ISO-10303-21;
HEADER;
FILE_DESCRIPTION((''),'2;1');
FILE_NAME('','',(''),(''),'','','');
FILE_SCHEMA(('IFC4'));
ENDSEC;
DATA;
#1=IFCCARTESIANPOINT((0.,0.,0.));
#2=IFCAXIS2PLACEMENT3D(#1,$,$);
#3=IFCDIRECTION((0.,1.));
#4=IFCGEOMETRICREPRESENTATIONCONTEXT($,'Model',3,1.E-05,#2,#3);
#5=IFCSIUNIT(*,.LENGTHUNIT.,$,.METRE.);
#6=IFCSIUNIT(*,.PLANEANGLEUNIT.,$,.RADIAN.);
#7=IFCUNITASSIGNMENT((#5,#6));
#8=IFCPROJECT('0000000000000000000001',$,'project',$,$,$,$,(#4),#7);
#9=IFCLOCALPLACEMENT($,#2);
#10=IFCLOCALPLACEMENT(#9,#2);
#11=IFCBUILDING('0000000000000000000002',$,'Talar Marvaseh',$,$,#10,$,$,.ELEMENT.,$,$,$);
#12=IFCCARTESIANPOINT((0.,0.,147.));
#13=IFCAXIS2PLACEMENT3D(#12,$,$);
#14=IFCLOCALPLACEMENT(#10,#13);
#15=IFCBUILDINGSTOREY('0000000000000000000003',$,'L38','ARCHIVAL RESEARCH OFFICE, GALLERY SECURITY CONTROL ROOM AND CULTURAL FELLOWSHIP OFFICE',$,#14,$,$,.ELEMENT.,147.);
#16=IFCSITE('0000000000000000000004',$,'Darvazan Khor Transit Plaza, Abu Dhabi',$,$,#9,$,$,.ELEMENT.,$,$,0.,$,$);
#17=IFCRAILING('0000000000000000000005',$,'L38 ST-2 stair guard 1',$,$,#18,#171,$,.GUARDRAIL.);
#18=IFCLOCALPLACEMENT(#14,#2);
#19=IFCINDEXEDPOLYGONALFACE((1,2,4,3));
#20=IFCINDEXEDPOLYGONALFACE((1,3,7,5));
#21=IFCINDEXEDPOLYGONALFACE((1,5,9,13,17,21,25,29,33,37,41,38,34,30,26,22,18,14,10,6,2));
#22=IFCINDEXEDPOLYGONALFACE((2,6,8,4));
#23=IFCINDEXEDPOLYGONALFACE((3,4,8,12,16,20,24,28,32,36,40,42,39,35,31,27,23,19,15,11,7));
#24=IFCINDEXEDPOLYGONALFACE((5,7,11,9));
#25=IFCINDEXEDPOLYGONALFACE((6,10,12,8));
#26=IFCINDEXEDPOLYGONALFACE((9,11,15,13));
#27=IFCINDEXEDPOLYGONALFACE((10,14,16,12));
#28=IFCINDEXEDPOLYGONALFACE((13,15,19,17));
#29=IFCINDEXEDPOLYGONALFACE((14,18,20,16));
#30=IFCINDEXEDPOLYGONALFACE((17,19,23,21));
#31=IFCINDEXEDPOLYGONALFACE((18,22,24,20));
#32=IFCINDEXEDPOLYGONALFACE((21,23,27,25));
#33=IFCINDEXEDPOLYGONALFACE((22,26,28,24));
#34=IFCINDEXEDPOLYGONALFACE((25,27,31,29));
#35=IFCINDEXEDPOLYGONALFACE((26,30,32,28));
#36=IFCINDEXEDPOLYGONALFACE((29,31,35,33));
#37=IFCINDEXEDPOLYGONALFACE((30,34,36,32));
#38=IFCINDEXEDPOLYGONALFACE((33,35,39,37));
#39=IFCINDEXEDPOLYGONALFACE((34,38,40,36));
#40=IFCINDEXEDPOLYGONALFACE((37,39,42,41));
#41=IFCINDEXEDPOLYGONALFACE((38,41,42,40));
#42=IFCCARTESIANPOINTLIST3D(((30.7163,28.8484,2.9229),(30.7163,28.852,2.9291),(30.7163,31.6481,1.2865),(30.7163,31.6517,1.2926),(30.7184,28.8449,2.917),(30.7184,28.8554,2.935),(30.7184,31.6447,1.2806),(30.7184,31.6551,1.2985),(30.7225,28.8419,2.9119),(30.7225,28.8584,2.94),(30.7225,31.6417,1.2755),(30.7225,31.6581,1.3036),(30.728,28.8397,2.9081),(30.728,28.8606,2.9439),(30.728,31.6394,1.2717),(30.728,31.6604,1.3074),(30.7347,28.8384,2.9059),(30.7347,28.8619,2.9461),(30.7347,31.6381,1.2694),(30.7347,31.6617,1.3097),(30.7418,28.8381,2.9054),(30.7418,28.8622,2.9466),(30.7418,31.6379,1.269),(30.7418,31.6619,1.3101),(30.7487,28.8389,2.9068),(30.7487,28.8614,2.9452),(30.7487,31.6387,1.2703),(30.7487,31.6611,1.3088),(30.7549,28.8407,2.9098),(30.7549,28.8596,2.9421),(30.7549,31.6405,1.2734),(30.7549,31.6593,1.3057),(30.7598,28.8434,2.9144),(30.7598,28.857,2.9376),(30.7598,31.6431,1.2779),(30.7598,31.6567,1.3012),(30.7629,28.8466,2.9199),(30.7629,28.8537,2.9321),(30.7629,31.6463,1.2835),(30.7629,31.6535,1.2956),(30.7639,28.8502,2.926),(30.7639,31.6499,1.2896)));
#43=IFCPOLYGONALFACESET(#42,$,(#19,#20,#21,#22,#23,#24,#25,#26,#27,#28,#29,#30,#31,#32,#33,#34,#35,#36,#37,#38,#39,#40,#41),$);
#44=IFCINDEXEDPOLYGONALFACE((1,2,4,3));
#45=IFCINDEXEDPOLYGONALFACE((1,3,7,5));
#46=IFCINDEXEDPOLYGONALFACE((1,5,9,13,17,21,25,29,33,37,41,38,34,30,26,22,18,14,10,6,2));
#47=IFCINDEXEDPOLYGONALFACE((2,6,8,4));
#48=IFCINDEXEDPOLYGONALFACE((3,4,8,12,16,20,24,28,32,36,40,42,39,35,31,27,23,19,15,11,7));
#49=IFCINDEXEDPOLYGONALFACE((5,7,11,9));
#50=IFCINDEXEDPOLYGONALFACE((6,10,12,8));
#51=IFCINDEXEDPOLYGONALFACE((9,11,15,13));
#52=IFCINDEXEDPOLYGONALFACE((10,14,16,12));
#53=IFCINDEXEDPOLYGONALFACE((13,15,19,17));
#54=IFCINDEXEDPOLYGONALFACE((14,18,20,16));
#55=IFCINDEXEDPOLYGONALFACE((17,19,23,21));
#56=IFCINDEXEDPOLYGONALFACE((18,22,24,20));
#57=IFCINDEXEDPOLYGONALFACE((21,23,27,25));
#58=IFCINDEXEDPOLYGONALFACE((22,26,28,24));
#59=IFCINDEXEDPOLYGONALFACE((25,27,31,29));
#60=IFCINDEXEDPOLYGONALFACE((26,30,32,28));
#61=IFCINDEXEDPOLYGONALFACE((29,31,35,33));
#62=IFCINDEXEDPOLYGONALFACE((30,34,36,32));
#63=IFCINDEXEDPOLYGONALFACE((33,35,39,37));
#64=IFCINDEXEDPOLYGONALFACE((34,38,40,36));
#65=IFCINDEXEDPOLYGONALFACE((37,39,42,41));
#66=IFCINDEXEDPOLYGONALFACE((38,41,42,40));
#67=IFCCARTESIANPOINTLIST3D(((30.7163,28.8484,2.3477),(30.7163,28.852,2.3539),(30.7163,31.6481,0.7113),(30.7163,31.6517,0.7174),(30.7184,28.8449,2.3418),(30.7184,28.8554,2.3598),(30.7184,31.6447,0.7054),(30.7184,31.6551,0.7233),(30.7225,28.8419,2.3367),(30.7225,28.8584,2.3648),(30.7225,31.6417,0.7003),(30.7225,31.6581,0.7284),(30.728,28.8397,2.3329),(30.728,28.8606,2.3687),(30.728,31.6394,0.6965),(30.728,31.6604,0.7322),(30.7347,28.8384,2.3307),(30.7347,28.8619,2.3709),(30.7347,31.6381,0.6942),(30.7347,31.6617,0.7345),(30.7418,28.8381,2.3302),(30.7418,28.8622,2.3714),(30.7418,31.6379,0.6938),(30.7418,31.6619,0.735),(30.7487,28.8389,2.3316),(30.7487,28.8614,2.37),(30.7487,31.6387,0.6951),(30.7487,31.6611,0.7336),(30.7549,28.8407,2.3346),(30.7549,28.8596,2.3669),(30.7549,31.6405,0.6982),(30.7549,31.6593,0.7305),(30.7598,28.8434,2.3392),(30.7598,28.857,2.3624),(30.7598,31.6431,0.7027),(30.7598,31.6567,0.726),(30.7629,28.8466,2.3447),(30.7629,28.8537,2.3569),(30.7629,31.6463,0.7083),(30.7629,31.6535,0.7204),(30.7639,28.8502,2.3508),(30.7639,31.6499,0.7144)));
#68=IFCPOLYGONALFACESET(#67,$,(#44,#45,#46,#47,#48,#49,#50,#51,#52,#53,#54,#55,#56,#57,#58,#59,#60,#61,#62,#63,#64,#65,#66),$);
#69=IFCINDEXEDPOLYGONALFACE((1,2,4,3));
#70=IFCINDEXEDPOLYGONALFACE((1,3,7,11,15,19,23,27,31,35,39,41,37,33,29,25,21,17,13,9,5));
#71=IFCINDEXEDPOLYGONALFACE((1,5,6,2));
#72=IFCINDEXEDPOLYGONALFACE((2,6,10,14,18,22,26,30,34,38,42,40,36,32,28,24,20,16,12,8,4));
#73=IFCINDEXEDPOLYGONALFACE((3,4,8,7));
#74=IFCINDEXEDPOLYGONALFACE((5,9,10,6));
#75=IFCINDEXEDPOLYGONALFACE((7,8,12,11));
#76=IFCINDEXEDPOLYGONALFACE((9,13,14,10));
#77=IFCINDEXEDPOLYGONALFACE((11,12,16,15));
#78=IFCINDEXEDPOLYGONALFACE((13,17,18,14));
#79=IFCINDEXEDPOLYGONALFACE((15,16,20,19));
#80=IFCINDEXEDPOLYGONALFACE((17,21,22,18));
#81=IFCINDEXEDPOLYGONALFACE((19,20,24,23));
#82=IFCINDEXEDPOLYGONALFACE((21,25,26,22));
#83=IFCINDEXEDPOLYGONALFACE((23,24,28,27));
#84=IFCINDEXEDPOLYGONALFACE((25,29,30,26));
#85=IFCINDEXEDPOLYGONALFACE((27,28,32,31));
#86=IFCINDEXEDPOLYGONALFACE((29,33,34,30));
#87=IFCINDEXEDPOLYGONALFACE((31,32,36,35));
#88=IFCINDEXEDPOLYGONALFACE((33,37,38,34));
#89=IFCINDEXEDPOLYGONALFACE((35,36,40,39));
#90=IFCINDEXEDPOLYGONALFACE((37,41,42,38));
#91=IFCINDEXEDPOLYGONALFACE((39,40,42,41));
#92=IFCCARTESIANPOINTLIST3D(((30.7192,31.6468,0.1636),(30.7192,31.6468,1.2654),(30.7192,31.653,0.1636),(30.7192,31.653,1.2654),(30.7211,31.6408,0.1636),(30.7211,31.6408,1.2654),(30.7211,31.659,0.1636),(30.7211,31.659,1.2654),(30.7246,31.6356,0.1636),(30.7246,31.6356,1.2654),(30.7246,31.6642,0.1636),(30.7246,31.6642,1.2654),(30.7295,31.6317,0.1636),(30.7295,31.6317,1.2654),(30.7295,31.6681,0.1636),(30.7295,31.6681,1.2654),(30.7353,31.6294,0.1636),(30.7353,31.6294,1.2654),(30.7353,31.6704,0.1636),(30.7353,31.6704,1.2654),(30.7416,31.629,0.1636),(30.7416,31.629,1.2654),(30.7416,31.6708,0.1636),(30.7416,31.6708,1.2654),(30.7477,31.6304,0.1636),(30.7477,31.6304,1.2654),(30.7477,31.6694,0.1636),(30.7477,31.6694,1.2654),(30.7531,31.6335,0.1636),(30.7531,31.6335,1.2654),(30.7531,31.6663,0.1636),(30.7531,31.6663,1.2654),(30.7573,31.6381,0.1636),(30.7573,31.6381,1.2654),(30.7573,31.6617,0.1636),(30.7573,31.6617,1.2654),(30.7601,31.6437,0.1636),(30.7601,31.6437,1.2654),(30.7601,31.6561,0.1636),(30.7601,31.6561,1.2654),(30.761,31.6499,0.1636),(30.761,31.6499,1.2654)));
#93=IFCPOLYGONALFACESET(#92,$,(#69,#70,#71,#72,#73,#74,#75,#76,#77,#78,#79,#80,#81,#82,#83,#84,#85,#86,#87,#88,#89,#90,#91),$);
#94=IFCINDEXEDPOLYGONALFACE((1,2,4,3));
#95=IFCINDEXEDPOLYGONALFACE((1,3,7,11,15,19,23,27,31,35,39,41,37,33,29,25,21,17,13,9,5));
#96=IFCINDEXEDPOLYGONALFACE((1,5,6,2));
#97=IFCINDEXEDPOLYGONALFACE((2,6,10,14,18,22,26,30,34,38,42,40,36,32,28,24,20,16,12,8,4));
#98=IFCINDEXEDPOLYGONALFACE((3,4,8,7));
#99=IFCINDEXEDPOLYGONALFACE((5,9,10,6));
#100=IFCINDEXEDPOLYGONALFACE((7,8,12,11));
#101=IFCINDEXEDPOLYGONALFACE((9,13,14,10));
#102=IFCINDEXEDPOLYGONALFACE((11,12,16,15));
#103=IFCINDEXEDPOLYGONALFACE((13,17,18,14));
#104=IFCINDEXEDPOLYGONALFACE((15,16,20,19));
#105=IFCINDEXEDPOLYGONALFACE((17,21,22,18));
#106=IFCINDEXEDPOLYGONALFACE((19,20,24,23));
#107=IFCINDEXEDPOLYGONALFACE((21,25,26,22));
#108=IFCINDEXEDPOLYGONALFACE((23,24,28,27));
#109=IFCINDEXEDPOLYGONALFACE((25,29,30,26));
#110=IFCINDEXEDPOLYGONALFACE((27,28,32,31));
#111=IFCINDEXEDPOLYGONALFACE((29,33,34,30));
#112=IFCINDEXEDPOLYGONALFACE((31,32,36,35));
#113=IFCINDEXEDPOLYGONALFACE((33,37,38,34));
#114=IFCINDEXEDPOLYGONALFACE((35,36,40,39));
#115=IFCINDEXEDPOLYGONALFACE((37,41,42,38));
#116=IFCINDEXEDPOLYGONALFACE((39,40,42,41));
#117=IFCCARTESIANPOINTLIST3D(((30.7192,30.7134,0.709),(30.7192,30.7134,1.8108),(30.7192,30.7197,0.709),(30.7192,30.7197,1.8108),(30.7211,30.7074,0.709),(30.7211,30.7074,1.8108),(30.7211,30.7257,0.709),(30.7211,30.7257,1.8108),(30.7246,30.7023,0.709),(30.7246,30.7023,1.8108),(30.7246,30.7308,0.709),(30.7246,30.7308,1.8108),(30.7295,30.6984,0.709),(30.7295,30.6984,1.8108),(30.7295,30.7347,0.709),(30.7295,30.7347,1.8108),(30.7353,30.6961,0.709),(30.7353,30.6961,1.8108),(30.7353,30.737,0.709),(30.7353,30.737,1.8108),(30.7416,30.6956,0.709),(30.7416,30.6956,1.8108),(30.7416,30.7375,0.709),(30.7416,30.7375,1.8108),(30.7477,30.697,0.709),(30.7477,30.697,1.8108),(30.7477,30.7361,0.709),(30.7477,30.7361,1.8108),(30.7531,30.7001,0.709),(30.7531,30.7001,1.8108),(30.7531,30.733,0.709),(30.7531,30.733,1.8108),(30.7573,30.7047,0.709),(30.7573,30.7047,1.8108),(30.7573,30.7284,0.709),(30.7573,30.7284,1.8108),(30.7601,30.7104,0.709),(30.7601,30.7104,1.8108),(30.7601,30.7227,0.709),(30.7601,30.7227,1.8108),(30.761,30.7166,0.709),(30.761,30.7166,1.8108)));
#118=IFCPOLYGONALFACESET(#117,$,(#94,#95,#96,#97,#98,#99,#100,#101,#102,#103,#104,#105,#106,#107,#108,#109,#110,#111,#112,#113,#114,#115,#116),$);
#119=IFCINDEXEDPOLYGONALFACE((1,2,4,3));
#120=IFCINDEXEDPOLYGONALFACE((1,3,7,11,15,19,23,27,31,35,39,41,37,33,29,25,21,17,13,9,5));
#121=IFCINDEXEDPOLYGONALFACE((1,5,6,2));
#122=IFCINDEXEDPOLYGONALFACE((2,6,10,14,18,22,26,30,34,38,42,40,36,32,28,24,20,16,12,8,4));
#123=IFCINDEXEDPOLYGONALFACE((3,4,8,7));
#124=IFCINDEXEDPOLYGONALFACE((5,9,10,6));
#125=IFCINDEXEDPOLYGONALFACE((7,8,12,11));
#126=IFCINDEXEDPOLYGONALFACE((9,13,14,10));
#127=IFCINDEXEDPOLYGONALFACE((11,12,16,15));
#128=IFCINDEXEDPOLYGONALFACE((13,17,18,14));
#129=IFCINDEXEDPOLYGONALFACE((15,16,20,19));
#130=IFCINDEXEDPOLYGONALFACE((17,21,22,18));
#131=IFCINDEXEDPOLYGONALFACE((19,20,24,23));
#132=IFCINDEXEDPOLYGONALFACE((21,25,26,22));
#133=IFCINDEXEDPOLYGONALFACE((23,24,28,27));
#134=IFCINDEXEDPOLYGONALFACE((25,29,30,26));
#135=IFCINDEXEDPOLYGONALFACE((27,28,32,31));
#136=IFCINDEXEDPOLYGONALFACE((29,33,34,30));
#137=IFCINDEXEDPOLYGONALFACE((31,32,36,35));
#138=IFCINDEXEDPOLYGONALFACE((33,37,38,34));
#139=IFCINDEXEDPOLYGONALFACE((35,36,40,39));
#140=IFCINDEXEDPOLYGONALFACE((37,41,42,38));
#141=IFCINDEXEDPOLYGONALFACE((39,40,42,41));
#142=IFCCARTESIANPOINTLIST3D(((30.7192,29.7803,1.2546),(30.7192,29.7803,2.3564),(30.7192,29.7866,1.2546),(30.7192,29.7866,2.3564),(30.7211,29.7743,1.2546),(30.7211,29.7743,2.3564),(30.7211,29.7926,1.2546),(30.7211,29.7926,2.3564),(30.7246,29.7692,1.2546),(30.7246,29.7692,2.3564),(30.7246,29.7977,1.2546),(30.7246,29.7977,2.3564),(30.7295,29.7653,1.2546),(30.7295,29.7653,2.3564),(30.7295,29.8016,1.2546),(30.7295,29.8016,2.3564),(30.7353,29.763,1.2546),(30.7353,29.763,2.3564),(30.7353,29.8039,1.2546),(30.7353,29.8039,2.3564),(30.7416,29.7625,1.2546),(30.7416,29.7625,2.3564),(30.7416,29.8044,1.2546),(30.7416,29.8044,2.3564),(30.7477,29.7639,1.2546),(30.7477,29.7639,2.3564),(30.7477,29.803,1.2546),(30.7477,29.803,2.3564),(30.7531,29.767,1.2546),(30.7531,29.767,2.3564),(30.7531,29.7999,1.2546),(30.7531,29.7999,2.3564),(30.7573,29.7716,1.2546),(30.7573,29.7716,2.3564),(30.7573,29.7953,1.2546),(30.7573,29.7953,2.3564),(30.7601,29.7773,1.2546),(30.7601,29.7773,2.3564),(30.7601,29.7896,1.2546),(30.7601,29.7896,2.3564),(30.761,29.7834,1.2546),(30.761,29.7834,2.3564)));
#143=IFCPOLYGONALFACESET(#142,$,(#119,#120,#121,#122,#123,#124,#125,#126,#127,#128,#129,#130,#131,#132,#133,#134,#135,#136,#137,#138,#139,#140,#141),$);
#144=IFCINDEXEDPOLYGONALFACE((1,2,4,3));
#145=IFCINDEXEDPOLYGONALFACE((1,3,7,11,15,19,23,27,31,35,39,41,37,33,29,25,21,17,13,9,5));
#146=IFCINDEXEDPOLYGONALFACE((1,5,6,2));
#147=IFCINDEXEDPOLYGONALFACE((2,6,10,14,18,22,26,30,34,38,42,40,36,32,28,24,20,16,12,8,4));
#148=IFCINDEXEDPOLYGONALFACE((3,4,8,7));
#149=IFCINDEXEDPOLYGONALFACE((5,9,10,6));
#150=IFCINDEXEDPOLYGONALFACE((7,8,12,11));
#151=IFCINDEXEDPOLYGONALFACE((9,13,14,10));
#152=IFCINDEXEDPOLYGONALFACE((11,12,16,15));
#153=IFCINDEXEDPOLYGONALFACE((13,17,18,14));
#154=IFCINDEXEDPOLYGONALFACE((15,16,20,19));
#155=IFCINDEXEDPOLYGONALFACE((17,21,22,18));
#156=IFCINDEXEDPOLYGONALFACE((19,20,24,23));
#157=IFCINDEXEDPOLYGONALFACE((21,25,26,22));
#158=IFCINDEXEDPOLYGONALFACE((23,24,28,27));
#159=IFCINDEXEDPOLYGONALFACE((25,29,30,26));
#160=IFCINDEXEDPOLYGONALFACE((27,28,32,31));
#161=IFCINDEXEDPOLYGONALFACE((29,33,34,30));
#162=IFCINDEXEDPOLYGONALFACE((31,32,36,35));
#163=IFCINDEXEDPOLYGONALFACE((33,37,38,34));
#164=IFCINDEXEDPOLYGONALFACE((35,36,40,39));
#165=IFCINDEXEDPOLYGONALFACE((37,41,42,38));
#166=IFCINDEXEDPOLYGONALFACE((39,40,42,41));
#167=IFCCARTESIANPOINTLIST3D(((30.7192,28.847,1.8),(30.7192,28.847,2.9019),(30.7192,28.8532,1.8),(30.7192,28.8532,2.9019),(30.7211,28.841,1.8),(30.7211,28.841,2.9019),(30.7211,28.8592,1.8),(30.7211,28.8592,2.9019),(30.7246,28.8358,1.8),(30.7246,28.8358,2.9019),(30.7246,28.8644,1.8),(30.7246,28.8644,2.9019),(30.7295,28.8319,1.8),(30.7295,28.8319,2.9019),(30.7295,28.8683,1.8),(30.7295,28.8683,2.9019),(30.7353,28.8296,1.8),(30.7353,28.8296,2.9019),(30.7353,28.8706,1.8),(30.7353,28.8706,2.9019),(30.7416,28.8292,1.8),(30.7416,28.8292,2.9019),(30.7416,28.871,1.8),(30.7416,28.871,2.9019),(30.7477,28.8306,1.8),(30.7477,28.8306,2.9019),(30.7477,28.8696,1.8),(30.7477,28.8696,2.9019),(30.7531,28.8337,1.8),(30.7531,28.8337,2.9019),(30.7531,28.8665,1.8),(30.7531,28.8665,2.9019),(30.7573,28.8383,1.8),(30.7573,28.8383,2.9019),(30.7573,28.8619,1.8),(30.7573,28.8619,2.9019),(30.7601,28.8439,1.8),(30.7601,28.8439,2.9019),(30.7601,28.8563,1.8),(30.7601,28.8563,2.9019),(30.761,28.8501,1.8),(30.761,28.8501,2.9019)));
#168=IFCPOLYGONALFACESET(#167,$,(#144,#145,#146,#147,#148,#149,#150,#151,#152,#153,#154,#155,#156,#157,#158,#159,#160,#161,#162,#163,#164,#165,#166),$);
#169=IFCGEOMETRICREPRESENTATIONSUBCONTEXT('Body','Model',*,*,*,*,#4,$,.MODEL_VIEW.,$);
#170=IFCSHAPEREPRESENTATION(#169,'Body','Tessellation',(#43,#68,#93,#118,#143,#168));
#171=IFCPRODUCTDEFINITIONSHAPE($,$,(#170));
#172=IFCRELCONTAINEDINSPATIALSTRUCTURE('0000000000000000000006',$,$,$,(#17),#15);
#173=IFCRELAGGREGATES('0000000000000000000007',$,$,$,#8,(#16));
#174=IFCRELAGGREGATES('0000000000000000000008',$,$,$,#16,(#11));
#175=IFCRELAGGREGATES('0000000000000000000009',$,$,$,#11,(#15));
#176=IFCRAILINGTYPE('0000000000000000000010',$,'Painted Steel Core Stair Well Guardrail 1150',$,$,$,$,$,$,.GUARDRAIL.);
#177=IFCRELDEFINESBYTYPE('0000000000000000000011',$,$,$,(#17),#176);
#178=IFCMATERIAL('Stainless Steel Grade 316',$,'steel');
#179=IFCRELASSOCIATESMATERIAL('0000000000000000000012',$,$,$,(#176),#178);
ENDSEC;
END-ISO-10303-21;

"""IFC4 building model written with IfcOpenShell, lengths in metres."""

from ifc_helpers import new_model, si_unit, direction, frame, origin, origin_2d, place, context, subcontext, project, spatial, circle, extrude, material, type_object, element, save


model = new_model("IFC4")

# Units and contexts
model_context = context("Model", 3, precision=1e-05, world=origin(), true_north=direction((0.0, 1.0)))
body_context = subcontext(model_context, "Body", "Model", "MODEL_VIEW")
ifc_project = project(units=[si_unit("LENGTHUNIT", "METRE"), si_unit("PLANEANGLEUNIT", "RADIAN")], contexts=[model_context])

# Site, building, storey
site_placement = place(None, origin())
site = spatial("IfcSite", under=ifc_project, at=site_placement, Name="Darvazan Khor Transit Plaza, Abu Dhabi", CompositionType="ELEMENT", RefElevation=0.0)
building_placement = place(site_placement, origin())
building = spatial("IfcBuilding", under=site, at=building_placement, Name="Talar Marvaseh", CompositionType="ELEMENT")
storey_placement = place(building_placement, frame((0.0, 0.0, 147.0)))
storey = spatial("IfcBuildingStorey", under=building, at=storey_placement, Name="L38", Description="ARCHIVAL RESEARCH OFFICE, GALLERY SECURITY CONTROL ROOM AND CULTURAL FELLOWSHIP OFFICE", CompositionType="ELEMENT", Elevation=147.0)

# Shared definitions
ifc_material_1 = material(Name="Stainless Steel Grade 316", Category="steel")

# Railing
railing_type_1 = type_object("IfcRailingType", Name="Painted Steel Core Stair Well Guardrail 1150", PredefinedType="GUARDRAIL", material=ifc_material_1)
railing_1_placement = place(storey_placement, frame((30.74, 31.6499, 0.1636)))
element("IfcRailing", 1, at=railing_1_placement, inside=storey, type_object=railing_type_1, Name="L38 ST-2 stair guard 1", PredefinedType="GUARDRAIL", context=body_context, shape_type="SweptSolid", body=[
    extrude(circle(Radius=0.0239, at=origin_2d()), frame((0.0, 0.0, 1.126), z_axis=(0.0, -0.863342, 0.50462), x_axis=(1.0, 0.0, 0.0)), (0.0, 0.0, 1.0), 3.2429),
    extrude(circle(Radius=0.0239, at=origin_2d()), frame((0.0, 0.0, 0.5508), z_axis=(0.0, -0.863342, 0.50462), x_axis=(1.0, 0.0, 0.0)), (0.0, 0.0, 1.0), 3.2429),
    extrude(circle(Radius=0.021, at=origin_2d()), origin(), (0.0, 0.0, 1.0), 1.1018),
    extrude(circle(Radius=0.021, at=origin_2d()), frame((0.0, -0.9333, 0.5454)), (0.0, 0.0, 1.0), 1.1018),
    extrude(circle(Radius=0.021, at=origin_2d()), frame((0.0, -1.8665, 1.0911)), (0.0, 0.0, 1.0), 1.1018),
    extrude(circle(Radius=0.021, at=origin_2d()), frame((0.0, -2.7998, 1.6365)), (0.0, 0.0, 1.0), 1.1018),
])

save(model, "model.ifc")
